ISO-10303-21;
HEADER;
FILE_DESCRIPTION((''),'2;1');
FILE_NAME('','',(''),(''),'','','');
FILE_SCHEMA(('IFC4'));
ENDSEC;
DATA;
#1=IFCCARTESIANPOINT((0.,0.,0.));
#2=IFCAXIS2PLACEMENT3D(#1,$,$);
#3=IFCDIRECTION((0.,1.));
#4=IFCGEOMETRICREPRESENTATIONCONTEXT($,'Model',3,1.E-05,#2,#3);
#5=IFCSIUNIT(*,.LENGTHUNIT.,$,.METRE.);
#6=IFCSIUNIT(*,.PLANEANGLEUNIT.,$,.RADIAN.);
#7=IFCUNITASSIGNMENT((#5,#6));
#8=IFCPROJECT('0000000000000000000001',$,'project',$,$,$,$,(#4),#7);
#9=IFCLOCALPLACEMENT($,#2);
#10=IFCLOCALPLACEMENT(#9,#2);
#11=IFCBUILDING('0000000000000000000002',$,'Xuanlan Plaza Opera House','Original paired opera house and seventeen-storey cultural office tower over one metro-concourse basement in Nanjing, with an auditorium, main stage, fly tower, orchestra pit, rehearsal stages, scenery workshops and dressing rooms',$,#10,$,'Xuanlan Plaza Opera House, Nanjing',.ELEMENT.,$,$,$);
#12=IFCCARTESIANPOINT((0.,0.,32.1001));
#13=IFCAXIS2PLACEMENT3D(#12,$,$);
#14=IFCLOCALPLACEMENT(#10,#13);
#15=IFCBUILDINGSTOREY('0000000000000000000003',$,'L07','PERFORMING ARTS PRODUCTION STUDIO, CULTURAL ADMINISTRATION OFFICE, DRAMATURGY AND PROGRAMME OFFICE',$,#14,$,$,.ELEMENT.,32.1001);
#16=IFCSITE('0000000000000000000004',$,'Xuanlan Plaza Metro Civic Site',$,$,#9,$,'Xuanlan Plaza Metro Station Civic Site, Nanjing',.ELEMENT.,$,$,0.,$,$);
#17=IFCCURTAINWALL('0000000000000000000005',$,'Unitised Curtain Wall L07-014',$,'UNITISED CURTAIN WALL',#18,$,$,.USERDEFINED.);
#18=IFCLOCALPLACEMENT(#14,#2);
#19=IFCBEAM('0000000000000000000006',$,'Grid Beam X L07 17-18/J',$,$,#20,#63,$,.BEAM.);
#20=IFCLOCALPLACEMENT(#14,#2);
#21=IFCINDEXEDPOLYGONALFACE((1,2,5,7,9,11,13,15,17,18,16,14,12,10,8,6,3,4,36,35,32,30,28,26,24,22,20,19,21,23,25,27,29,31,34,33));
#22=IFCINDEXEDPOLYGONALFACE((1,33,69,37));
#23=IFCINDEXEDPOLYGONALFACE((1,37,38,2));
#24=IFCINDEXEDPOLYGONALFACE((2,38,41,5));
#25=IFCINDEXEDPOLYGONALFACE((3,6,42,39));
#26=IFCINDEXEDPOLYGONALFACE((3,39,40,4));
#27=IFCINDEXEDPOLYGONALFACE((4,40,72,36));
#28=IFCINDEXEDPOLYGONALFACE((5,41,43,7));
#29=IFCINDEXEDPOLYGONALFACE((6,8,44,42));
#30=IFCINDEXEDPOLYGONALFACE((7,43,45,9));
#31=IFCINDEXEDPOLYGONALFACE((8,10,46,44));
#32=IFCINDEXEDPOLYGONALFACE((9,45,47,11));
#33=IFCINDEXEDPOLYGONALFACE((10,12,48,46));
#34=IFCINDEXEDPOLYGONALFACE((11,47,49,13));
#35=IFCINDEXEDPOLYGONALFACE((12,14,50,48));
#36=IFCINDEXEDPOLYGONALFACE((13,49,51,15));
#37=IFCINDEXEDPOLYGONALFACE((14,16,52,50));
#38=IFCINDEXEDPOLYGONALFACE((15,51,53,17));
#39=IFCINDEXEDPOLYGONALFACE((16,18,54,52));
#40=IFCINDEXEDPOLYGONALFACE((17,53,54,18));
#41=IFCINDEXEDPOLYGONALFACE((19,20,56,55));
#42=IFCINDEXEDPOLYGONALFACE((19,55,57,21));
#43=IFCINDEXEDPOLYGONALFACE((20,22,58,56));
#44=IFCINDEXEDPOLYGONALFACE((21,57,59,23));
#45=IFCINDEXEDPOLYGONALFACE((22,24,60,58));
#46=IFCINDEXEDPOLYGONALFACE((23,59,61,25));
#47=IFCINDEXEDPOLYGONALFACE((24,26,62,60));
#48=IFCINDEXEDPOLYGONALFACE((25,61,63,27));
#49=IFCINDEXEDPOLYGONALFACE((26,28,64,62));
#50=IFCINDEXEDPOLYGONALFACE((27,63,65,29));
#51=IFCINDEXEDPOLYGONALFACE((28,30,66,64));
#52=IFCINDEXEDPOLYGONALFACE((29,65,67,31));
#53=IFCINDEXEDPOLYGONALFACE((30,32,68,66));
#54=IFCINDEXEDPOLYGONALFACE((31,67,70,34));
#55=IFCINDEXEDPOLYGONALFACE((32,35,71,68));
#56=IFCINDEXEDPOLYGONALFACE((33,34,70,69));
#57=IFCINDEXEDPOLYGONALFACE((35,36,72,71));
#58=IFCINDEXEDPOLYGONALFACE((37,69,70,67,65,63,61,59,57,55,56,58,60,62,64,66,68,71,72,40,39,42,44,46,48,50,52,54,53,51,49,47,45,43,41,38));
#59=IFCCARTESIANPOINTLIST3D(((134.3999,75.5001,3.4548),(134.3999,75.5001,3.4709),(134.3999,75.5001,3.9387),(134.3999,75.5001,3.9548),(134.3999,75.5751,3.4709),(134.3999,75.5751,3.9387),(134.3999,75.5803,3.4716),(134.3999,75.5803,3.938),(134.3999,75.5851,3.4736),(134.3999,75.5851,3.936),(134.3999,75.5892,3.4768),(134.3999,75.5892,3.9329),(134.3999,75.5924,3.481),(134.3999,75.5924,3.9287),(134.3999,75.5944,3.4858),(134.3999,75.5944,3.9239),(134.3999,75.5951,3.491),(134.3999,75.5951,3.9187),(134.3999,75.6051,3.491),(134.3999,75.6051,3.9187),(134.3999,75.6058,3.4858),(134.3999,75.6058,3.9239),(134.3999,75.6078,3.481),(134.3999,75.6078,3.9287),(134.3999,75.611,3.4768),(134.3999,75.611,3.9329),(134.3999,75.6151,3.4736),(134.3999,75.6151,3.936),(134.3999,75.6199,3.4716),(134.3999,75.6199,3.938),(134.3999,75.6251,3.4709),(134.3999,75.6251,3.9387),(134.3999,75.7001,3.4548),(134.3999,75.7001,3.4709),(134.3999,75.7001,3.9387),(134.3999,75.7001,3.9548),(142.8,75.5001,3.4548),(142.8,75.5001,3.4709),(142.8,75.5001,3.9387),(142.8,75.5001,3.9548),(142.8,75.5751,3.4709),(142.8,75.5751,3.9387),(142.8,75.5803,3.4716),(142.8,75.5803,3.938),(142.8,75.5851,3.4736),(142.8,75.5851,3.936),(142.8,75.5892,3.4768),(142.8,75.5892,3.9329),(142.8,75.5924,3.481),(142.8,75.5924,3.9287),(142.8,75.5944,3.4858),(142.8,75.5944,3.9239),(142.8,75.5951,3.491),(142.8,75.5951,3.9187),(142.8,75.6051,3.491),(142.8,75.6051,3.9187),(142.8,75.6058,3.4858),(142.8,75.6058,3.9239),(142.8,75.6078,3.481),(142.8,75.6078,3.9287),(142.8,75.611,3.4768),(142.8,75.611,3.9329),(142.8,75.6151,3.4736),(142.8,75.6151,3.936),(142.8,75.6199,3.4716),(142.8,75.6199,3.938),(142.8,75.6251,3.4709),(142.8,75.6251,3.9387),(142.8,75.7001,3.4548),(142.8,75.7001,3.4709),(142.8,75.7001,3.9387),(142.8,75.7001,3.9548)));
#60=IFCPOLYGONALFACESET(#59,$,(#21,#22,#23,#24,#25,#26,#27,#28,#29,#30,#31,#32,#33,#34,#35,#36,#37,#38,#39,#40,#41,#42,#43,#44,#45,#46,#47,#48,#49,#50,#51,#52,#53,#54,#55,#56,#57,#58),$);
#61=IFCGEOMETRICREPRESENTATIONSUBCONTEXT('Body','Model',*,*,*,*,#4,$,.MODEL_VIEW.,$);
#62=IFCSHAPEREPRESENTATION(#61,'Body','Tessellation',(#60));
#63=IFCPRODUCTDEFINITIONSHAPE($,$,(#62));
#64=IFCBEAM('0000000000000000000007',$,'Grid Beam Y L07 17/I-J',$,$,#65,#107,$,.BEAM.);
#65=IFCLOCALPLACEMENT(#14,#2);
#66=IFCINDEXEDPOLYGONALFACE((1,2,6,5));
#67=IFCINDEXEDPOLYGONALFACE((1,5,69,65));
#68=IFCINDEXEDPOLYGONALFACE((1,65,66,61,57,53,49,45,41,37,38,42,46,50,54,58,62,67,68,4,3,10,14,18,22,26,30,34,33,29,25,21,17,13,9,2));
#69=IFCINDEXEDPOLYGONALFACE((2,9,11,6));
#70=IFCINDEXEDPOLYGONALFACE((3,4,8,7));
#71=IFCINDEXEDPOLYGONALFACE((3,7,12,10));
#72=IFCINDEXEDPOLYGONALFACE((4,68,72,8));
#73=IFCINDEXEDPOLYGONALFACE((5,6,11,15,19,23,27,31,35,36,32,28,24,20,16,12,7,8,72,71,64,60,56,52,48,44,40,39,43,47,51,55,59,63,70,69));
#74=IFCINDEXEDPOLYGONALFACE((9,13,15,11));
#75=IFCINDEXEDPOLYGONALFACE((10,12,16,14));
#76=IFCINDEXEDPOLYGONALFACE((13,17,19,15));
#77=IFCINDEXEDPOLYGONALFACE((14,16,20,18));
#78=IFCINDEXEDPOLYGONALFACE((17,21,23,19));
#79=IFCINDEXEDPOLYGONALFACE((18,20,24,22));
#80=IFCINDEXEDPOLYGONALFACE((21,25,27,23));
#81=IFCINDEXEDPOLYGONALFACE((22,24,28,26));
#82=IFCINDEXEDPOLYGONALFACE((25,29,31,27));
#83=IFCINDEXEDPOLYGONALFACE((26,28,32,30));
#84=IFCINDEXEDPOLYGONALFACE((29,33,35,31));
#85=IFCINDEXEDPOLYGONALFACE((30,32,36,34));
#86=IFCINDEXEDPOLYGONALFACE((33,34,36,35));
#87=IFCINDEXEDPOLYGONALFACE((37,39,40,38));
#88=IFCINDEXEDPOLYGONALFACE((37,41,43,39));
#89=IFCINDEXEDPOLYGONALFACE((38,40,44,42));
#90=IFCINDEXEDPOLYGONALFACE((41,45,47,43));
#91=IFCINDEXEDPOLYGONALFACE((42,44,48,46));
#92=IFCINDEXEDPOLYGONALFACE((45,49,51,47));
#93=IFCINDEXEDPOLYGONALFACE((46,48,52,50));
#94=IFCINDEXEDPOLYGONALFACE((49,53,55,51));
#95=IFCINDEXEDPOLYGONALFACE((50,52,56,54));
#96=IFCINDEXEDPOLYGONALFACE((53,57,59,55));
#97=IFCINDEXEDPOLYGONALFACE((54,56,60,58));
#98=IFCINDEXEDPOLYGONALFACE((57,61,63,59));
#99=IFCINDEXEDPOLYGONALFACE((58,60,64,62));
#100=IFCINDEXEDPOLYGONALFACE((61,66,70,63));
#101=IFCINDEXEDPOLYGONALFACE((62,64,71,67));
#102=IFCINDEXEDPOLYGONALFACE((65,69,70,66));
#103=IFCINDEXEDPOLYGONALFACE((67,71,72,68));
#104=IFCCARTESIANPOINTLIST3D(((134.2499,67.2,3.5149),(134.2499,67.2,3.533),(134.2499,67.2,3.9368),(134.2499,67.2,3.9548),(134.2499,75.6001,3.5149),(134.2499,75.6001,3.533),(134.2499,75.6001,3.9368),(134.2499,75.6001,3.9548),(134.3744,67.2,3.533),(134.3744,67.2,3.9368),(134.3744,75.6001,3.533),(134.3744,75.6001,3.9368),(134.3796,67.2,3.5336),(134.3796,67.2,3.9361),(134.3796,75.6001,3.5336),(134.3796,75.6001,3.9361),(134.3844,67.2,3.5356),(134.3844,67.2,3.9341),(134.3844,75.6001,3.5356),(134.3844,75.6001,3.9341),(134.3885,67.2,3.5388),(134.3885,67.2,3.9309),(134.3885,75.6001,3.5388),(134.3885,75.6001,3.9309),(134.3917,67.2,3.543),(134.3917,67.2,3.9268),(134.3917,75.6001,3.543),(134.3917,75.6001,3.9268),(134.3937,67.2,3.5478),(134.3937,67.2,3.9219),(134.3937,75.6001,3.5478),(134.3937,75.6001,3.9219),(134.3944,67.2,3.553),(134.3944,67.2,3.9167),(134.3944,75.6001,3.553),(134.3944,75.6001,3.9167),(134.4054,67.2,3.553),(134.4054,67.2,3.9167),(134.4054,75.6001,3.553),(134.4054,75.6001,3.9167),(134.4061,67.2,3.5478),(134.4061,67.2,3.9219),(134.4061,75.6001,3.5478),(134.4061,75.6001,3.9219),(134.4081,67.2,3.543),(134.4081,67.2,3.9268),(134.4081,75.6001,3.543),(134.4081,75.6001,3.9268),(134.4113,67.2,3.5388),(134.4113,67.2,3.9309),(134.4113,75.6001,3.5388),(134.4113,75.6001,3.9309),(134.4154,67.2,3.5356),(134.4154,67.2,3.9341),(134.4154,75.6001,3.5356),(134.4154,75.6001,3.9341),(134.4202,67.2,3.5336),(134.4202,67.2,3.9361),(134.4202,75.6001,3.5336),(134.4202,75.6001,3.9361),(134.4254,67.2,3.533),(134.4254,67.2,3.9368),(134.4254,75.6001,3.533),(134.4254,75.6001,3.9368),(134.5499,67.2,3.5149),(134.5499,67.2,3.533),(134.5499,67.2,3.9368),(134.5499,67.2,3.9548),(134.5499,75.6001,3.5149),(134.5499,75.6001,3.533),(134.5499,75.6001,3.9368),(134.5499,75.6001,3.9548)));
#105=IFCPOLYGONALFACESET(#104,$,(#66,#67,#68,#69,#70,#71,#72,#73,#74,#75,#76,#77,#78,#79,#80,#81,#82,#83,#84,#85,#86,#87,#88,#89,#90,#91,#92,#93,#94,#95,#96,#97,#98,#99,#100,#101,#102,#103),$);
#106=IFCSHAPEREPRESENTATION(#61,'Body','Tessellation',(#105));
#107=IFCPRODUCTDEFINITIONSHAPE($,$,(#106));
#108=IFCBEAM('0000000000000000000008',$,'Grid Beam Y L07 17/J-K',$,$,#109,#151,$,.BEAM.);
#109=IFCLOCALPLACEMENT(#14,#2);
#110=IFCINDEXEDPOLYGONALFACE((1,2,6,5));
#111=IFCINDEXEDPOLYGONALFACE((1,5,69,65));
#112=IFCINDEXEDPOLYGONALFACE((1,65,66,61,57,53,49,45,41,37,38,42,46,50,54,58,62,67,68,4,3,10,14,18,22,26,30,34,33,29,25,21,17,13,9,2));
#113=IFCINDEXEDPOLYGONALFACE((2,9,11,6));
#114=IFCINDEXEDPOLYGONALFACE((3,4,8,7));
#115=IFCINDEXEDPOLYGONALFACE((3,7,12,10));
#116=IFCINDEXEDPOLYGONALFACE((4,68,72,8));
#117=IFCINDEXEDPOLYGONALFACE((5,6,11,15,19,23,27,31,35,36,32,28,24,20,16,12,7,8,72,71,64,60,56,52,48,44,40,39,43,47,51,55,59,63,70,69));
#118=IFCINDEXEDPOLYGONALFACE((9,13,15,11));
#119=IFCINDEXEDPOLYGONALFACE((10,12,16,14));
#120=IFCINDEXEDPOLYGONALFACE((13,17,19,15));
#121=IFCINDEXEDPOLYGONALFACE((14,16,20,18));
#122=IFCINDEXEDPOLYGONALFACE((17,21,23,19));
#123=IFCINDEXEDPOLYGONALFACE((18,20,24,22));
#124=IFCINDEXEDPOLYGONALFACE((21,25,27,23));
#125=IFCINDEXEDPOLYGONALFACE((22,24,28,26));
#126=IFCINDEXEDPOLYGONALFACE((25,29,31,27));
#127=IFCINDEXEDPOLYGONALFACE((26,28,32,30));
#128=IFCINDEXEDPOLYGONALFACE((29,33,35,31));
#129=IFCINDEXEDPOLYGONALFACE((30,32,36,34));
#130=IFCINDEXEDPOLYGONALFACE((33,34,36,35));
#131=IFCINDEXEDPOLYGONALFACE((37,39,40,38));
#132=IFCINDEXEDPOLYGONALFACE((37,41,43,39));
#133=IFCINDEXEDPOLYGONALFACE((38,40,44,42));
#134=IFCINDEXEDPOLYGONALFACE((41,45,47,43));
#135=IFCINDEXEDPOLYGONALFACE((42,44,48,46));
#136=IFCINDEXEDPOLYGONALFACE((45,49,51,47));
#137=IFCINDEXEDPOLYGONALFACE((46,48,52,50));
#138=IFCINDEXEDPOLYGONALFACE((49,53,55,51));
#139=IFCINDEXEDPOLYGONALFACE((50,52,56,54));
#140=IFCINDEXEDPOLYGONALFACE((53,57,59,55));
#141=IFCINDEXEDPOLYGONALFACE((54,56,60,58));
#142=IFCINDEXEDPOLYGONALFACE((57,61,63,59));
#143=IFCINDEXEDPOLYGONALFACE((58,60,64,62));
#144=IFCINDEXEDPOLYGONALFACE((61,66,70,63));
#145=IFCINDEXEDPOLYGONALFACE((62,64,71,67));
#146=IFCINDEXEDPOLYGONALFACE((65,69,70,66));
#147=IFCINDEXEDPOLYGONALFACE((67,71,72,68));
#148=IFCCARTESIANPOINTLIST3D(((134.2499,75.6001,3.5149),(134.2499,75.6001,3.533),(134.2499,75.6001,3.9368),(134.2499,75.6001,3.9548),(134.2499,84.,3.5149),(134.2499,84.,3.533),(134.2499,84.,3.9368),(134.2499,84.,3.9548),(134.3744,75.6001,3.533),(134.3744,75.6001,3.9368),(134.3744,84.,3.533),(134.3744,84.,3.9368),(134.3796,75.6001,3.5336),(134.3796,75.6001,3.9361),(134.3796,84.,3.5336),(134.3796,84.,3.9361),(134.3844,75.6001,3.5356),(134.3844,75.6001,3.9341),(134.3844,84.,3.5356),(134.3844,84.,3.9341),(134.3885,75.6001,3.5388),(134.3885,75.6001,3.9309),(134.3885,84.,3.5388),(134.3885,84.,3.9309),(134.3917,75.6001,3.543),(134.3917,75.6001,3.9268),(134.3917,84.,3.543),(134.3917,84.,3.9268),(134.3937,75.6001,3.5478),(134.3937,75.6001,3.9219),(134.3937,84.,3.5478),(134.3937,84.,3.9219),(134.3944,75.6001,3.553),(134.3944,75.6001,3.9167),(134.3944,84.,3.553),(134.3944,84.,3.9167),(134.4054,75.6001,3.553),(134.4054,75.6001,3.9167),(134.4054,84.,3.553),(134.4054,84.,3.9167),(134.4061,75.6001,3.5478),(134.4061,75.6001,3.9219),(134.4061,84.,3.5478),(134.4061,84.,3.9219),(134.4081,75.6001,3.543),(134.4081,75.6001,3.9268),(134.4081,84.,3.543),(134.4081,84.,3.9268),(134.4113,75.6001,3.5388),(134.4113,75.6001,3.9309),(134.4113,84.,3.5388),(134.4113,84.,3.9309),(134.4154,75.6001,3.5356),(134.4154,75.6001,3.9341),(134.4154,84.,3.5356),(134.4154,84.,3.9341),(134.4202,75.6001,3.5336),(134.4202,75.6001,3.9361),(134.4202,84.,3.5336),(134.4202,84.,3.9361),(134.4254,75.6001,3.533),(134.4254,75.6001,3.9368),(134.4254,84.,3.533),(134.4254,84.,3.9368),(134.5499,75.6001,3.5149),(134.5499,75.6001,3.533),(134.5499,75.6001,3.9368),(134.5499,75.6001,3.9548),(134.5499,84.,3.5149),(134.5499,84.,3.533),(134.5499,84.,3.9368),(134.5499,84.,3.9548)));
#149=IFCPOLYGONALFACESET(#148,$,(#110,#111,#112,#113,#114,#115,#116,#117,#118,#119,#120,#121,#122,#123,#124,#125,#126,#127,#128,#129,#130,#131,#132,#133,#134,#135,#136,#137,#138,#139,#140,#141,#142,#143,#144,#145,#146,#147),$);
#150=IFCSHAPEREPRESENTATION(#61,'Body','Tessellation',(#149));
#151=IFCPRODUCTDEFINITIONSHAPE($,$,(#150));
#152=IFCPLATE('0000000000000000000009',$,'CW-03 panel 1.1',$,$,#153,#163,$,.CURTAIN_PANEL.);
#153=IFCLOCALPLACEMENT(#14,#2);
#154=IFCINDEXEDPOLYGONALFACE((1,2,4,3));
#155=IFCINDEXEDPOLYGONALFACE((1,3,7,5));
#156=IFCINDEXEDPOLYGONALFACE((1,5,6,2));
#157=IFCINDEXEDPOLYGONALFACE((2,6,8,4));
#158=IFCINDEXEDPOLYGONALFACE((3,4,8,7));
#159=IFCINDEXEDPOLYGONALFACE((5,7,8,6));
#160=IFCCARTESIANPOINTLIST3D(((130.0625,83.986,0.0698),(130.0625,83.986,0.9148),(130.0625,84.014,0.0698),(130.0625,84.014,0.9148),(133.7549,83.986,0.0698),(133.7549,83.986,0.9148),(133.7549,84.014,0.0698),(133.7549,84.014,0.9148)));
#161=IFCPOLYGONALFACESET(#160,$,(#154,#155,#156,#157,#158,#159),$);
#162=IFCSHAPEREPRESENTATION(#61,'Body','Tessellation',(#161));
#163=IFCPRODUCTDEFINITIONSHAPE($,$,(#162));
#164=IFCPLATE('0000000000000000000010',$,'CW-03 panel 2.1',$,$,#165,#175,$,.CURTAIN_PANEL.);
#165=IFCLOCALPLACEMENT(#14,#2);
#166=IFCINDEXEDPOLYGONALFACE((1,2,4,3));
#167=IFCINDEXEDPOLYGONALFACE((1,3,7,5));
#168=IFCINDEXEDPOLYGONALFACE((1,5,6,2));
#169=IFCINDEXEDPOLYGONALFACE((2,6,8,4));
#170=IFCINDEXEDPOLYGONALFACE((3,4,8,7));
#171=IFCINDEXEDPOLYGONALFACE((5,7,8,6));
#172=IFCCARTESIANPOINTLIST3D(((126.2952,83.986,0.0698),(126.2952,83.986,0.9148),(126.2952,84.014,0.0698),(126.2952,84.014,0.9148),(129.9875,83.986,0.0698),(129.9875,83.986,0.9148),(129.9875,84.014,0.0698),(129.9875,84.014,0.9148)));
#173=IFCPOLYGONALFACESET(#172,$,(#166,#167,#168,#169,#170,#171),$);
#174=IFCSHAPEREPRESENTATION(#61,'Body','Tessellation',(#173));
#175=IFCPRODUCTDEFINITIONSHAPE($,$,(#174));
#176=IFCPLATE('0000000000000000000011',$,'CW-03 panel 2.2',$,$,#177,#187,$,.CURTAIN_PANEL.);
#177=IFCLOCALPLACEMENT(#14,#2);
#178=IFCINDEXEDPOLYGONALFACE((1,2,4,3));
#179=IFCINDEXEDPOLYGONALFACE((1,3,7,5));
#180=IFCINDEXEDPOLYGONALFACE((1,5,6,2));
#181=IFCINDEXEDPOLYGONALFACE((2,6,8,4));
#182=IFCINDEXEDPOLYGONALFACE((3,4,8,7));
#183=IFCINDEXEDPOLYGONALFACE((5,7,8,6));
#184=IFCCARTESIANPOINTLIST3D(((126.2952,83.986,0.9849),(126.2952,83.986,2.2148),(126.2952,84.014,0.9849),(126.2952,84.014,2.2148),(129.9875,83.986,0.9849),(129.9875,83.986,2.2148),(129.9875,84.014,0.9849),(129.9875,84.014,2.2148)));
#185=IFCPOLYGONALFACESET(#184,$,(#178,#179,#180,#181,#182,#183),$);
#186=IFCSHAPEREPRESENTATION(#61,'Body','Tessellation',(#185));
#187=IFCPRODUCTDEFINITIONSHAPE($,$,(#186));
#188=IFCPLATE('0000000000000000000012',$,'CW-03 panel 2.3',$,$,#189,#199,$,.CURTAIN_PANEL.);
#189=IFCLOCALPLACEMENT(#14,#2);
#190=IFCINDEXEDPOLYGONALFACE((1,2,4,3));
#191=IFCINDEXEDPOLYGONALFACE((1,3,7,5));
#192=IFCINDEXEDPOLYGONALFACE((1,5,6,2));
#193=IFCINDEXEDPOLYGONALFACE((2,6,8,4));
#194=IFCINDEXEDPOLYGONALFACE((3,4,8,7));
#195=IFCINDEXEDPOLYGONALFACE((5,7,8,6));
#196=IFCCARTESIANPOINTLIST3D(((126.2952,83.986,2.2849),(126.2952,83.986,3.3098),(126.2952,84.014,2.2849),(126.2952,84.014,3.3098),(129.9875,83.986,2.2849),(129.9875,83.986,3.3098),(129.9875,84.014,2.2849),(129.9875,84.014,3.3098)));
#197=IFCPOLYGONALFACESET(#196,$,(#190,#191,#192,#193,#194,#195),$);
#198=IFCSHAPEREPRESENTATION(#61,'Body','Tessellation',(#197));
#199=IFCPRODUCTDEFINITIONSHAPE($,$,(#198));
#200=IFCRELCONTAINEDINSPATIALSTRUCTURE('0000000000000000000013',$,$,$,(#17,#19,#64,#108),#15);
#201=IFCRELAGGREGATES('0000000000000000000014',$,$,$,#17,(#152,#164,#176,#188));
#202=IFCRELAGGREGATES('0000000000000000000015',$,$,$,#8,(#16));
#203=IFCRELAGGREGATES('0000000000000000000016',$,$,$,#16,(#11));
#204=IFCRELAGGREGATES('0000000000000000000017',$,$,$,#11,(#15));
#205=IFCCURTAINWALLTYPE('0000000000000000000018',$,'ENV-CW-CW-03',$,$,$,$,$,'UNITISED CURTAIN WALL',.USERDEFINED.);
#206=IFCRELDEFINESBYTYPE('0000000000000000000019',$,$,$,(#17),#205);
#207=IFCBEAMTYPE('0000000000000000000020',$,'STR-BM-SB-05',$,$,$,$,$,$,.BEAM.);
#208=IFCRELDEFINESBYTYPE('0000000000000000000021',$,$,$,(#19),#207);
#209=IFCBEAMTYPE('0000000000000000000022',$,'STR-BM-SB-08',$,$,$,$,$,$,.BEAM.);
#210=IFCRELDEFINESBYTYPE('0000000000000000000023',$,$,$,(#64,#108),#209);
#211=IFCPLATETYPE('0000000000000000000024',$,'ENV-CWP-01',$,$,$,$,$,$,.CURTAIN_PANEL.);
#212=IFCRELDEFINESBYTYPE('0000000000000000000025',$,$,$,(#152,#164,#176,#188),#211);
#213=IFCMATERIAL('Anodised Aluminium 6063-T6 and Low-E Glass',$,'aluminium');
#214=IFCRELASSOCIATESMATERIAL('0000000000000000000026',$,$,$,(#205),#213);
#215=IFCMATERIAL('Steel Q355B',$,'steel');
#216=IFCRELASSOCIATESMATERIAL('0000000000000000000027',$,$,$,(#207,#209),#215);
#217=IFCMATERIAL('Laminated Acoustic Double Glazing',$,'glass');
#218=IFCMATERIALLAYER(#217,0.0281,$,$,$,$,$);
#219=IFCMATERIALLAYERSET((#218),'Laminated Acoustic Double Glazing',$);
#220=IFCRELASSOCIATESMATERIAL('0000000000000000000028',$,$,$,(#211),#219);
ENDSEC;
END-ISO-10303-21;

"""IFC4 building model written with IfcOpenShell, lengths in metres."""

from ifc_helpers import new_model, si_unit, direction, frame, origin, origin_2d, place, context, subcontext, project, spatial, rectangle, i_section, extrude, material, layer, layer_set, material_profile, profile_set, type_object, element, aggregate, save


model = new_model("IFC4")

# Units and contexts
model_context = context("Model", 3, precision=1e-05, world=origin(), true_north=direction((0.0, 1.0)))
body_context = subcontext(model_context, "Body", "Model", "MODEL_VIEW")
ifc_project = project(units=[si_unit("LENGTHUNIT", "METRE"), si_unit("PLANEANGLEUNIT", "RADIAN")], contexts=[model_context])

# Site, building, storey
site_placement = place(None, origin())
site = spatial("IfcSite", under=ifc_project, at=site_placement, Name="Xuanlan Plaza Metro Civic Site", LongName="Xuanlan Plaza Metro Station Civic Site, Nanjing", CompositionType="ELEMENT", RefElevation=0.0)
building_placement = place(site_placement, origin())
building = spatial("IfcBuilding", under=site, at=building_placement, Name="Xuanlan Plaza Opera House", Description="Original paired opera house and seventeen-storey cultural office tower over one metro-concourse basement in Nanjing, with an auditorium, main stage, fly tower, orchestra pit, rehearsal stages, scenery workshops and dressing rooms", LongName="Xuanlan Plaza Opera House, Nanjing", CompositionType="ELEMENT")
storey_placement = place(building_placement, frame((0.0, 0.0, 32.1001)))
storey = spatial("IfcBuildingStorey", under=building, at=storey_placement, Name="L07", Description="PERFORMING ARTS PRODUCTION STUDIO, CULTURAL ADMINISTRATION OFFICE, DRAMATURGY AND PROGRAMME OFFICE", CompositionType="ELEMENT", Elevation=32.1001)

# Shared definitions
ifc_material_1 = material(Name="Steel Q355B", Category="steel")

# Curtain wall
ifc_material_2 = material(Name="Anodised Aluminium 6063-T6 and Low-E Glass", Category="aluminium")
curtain_wall_type = type_object("IfcCurtainWallType", Name="ENV-CW-CW-03", ElementType="UNITISED CURTAIN WALL", PredefinedType="USERDEFINED", material=ifc_material_2)
curtain_wall_placement = place(storey_placement, origin())
curtain_wall = element("IfcCurtainWall", 1, at=curtain_wall_placement, inside=storey, type_object=curtain_wall_type, Name="Unitised Curtain Wall L07-014", ObjectType="UNITISED CURTAIN WALL", PredefinedType="USERDEFINED")

# Beams
ifc_material_profile_1 = material_profile(ifc_material_1, i_section(OverallWidth=0.2, OverallDepth=0.5, WebThickness=0.01, FlangeThickness=0.0161, FilletRadius=0.02, at=origin_2d()), Name="HN 500x200x10x16")
ifc_profile_set_1 = profile_set([ifc_material_profile_1], Name="Steel Q355B")
beam_type_1 = type_object("IfcBeamType", Name="STR-BM-SB-05", PredefinedType="BEAM", material=ifc_profile_set_1)
beam_1_placement = place(storey_placement, frame((134.3999, 75.6001, 3.7048), z_axis=(1.0, 0.0, 0.0), x_axis=(0.0, 1.0, 0.0)))
element("IfcBeam", 2, at=beam_1_placement, inside=storey, type_object=beam_type_1, Name="Grid Beam X L07 17-18/J", PredefinedType="BEAM", context=body_context, shape_type="SweptSolid", body=[
    extrude(i_section(OverallWidth=0.2, OverallDepth=0.5, WebThickness=0.01, FlangeThickness=0.0161, FilletRadius=0.02, at=origin_2d()), origin(), (0.0, 0.0, 1.0), 8.4001),
])
ifc_material_profile_2 = material_profile(ifc_material_1, i_section(OverallWidth=0.3, OverallDepth=0.4399, WebThickness=0.011, FlangeThickness=0.0181, FilletRadius=0.02, at=origin_2d()), Name="HM 440x300x11x18")
ifc_profile_set_2 = profile_set([ifc_material_profile_2], Name="Steel Q355B")
beam_type_2 = type_object("IfcBeamType", Name="STR-BM-SB-08", PredefinedType="BEAM", material=ifc_profile_set_2)
beam_2_placement = place(storey_placement, frame((134.3999, 67.2, 3.7349), z_axis=(0.0, 1.0, 0.0), x_axis=(-1.0, 0.0, 0.0)))
element("IfcBeam", 3, at=beam_2_placement, inside=storey, type_object=beam_type_2, Name="Grid Beam Y L07 17/I-J", PredefinedType="BEAM", context=body_context, shape_type="SweptSolid", body=[
    extrude(i_section(OverallWidth=0.3, OverallDepth=0.4399, WebThickness=0.011, FlangeThickness=0.0181, FilletRadius=0.02, at=origin_2d()), origin(), (0.0, 0.0, 1.0), 8.4001),
])
beam_3_placement = place(storey_placement, frame((134.3999, 75.6001, 3.7349), z_axis=(0.0, 1.0, 0.0), x_axis=(-1.0, 0.0, 0.0)))
element("IfcBeam", 4, at=beam_3_placement, inside=storey, type_object=beam_type_2, Name="Grid Beam Y L07 17/J-K", PredefinedType="BEAM", context=body_context, shape_type="SweptSolid", body=[
    extrude(i_section(OverallWidth=0.3, OverallDepth=0.4399, WebThickness=0.011, FlangeThickness=0.0181, FilletRadius=0.02, at=origin_2d()), origin(), (0.0, 0.0, 1.0), 8.3999),
])

# Plates
ifc_material_3 = material(Name="Laminated Acoustic Double Glazing", Category="glass")
ifc_layer_1 = layer(ifc_material_3, 0.0281)
ifc_layer_set_1 = layer_set([ifc_layer_1], Name="Laminated Acoustic Double Glazing")
plate_type = type_object("IfcPlateType", Name="ENV-CWP-01", PredefinedType="CURTAIN_PANEL", material=ifc_layer_set_1)
plate_1_placement = place(storey_placement, frame((131.9087, 84.0, 0.0698), z_axis=(0.0, 0.0, 1.0), x_axis=(-1.0, 0.0, 0.0)))
plate_1 = element("IfcPlate", 5, at=plate_1_placement, type_object=plate_type, Name="CW-03 panel 1.1", PredefinedType="CURTAIN_PANEL", context=body_context, shape_type="SweptSolid", body=[
    extrude(rectangle(XDim=3.6924, YDim=0.0281, at=origin_2d()), origin(), (0.0, 0.0, 1.0), 0.845),
])
plate_2_placement = place(storey_placement, frame((128.1414, 84.0, 0.0698), z_axis=(0.0, 0.0, 1.0), x_axis=(-1.0, 0.0, 0.0)))
plate_2 = element("IfcPlate", 6, at=plate_2_placement, type_object=plate_type, Name="CW-03 panel 2.1", PredefinedType="CURTAIN_PANEL", context=body_context, shape_type="SweptSolid", body=[
    extrude(rectangle(XDim=3.6924, YDim=0.0281, at=origin_2d()), origin(), (0.0, 0.0, 1.0), 0.845),
])
plate_3_placement = place(storey_placement, frame((128.1414, 84.0, 0.9849), z_axis=(0.0, 0.0, 1.0), x_axis=(-1.0, 0.0, 0.0)))
plate_3 = element("IfcPlate", 7, at=plate_3_placement, type_object=plate_type, Name="CW-03 panel 2.2", PredefinedType="CURTAIN_PANEL", context=body_context, shape_type="SweptSolid", body=[
    extrude(rectangle(XDim=3.6924, YDim=0.0281, at=origin_2d()), origin(), (0.0, 0.0, 1.0), 1.23),
])
plate_4_placement = place(storey_placement, frame((128.1414, 84.0, 2.2849), z_axis=(0.0, 0.0, 1.0), x_axis=(-1.0, 0.0, 0.0)))
plate_4 = element("IfcPlate", 8, at=plate_4_placement, type_object=plate_type, Name="CW-03 panel 2.3", PredefinedType="CURTAIN_PANEL", context=body_context, shape_type="SweptSolid", body=[
    extrude(rectangle(XDim=3.6924, YDim=0.0281, at=origin_2d()), origin(), (0.0, 0.0, 1.0), 1.0249),
])
aggregate(curtain_wall, [plate_1, plate_2, plate_3, plate_4])

save(model, "model.ifc")
